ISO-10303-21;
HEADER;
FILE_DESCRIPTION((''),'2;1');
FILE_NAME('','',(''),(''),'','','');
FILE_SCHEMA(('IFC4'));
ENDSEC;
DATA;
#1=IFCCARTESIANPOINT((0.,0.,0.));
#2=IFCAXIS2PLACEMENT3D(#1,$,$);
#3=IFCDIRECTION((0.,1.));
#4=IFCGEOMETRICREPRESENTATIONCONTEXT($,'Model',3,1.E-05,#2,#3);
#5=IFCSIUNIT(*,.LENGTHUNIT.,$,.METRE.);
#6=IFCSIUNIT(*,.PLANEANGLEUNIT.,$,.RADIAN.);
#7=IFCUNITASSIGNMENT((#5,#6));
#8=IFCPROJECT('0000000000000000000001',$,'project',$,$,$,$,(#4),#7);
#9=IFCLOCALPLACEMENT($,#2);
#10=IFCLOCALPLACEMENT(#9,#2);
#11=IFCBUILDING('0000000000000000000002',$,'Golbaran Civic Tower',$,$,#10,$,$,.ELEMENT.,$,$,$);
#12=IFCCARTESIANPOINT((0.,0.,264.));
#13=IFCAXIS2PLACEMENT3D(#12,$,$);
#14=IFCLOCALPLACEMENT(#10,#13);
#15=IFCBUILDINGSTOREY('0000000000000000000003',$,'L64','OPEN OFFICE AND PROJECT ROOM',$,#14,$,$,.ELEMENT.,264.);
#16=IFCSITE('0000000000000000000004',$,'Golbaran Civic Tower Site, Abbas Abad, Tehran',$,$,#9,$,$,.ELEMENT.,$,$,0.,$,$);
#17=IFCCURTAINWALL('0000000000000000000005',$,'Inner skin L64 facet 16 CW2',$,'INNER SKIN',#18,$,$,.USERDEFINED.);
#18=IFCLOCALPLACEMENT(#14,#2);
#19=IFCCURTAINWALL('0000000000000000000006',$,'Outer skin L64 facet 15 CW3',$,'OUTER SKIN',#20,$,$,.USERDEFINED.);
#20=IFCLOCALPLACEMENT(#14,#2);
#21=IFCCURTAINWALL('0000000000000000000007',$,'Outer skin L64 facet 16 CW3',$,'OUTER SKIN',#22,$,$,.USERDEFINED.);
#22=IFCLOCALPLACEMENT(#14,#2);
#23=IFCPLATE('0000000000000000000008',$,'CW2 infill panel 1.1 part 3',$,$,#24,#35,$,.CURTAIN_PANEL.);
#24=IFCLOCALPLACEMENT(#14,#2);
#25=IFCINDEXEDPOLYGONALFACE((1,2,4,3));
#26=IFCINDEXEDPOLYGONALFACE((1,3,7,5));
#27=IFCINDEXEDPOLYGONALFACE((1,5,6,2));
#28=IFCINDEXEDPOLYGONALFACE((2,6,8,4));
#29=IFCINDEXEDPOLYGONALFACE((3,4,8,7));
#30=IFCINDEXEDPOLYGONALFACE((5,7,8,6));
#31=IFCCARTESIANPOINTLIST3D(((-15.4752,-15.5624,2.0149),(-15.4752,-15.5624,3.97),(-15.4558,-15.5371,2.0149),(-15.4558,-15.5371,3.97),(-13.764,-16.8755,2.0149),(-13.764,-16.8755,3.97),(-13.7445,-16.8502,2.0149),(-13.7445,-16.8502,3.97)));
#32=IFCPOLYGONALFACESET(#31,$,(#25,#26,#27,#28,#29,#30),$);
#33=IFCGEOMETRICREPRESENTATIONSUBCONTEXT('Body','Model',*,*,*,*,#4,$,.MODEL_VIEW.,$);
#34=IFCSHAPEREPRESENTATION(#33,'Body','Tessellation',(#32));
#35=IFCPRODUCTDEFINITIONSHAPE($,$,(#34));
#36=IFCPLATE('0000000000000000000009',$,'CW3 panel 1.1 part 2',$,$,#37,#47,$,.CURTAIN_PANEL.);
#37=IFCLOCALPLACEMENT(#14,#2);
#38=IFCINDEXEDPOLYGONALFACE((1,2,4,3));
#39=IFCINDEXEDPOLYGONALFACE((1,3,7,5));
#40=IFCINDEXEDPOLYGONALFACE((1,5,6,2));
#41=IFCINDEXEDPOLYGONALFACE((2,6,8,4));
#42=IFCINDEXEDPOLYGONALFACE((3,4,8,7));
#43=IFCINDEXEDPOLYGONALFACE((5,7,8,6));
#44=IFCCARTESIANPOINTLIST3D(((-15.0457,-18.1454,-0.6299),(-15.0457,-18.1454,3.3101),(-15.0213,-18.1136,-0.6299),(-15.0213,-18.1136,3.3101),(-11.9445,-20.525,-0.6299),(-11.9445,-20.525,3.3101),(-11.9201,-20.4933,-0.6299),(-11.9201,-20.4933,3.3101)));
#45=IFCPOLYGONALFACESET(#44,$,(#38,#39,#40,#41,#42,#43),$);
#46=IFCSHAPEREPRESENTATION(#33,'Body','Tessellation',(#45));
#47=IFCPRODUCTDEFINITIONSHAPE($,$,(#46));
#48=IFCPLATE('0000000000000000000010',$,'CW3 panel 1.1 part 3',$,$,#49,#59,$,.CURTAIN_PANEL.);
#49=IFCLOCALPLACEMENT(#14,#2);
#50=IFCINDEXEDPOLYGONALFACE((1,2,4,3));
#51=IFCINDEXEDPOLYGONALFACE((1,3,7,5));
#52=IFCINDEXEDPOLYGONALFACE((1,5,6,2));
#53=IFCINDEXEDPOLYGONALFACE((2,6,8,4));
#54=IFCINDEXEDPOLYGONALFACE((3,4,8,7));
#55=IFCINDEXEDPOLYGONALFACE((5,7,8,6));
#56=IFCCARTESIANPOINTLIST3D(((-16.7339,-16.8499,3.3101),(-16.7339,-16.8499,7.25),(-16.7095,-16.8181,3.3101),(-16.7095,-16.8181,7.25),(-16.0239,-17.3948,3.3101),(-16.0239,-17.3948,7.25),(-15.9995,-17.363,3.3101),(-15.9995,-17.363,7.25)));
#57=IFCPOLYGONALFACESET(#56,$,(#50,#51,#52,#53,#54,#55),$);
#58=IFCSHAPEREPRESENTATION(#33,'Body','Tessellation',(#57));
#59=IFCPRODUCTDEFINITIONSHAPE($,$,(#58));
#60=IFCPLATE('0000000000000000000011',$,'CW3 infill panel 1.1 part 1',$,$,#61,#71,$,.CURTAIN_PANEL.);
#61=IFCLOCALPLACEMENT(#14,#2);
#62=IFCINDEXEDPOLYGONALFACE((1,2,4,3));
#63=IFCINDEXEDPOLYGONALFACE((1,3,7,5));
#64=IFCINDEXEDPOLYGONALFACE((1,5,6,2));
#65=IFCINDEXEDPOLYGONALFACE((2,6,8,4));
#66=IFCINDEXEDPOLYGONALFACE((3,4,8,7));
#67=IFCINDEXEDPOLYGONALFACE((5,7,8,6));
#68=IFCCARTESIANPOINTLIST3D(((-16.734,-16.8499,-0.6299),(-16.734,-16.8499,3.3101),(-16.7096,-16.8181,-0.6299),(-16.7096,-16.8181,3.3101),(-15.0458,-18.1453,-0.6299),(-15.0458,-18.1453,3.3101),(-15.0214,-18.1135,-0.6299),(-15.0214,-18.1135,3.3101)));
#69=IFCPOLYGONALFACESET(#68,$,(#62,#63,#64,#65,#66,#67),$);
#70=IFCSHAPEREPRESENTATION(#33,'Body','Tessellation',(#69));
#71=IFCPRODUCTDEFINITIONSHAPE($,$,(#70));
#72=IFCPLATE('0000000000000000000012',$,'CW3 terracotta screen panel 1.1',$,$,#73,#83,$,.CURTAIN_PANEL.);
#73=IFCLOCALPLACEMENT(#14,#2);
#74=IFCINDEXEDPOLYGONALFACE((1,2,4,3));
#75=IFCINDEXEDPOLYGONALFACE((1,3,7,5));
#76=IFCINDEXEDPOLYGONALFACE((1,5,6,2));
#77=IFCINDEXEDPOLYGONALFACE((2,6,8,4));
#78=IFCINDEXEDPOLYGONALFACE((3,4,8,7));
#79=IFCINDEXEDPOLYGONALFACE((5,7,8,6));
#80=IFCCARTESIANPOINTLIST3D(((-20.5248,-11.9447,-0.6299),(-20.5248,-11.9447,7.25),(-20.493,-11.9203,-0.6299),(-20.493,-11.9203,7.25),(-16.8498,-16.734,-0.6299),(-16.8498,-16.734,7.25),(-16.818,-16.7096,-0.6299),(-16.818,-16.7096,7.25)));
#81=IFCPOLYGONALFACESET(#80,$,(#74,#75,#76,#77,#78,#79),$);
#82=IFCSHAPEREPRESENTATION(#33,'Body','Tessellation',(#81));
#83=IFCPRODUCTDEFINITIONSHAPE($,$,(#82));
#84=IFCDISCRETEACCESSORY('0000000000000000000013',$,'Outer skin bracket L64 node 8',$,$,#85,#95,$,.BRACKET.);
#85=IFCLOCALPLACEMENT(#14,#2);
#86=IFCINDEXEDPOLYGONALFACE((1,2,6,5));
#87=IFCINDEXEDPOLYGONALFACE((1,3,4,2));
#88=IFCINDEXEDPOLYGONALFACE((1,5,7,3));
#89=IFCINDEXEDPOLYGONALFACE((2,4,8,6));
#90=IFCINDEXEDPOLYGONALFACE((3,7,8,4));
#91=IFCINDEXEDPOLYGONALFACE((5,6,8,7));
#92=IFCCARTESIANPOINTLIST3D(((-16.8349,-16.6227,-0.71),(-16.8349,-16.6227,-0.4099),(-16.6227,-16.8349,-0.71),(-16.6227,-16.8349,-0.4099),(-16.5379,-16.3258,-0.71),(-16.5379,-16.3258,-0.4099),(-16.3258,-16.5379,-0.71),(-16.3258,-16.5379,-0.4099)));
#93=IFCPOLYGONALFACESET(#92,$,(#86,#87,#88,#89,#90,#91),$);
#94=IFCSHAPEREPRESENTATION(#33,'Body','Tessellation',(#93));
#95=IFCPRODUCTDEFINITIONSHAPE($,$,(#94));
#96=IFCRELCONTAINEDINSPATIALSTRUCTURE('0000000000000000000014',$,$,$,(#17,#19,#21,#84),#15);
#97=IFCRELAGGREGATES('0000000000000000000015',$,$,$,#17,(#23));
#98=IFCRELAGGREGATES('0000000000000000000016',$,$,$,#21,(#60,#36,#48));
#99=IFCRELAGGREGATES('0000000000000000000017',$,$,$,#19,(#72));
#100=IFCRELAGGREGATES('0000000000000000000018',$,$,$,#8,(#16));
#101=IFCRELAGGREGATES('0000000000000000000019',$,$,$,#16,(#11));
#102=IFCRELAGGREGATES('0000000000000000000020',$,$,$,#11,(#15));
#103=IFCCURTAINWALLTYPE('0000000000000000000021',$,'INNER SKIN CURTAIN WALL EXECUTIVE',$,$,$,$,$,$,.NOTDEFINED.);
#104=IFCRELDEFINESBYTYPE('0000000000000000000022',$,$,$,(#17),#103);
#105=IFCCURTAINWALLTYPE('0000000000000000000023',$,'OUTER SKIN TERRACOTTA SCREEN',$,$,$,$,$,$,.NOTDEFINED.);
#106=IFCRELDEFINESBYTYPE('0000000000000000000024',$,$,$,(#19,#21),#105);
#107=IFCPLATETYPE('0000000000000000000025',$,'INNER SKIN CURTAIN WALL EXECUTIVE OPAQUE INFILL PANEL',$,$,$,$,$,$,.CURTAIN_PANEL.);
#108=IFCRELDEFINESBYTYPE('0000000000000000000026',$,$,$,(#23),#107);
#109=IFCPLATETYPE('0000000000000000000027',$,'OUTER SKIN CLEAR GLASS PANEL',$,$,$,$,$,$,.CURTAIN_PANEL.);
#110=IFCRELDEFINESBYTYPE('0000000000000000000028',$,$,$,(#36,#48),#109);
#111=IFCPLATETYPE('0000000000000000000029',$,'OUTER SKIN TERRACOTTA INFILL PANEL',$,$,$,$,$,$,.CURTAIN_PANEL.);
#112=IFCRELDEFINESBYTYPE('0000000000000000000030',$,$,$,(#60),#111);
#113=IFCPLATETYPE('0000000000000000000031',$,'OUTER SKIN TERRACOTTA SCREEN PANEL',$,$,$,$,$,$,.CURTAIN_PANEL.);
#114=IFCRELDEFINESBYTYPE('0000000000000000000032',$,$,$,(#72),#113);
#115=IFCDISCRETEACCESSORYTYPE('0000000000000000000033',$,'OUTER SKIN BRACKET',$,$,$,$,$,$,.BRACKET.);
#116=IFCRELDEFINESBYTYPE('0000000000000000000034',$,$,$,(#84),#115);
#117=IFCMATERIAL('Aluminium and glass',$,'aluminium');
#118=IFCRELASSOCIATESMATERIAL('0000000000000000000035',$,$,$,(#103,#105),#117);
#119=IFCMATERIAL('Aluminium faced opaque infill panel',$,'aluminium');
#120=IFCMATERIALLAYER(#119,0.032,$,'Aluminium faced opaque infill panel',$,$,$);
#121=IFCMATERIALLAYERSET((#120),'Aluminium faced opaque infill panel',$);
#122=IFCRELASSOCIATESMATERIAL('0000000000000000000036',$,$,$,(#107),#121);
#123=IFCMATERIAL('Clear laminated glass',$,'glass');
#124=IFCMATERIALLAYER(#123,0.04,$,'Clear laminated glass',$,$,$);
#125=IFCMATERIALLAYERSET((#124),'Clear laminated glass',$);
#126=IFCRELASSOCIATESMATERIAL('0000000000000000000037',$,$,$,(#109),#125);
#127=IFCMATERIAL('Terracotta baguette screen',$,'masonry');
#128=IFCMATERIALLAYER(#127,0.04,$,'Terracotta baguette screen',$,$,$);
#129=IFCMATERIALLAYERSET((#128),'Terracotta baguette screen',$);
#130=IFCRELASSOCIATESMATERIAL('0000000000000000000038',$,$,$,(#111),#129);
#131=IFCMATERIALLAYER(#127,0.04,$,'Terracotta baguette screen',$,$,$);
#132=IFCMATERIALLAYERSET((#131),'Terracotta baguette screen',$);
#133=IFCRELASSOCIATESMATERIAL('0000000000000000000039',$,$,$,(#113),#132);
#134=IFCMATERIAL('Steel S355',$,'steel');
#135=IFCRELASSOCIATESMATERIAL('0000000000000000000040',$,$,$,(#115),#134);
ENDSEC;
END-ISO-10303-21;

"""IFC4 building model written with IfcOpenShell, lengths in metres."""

from ifc_helpers import new_model, si_unit, direction, frame, origin, origin_2d, place, context, subcontext, project, spatial, rectangle, extrude, material, layer, layer_set, type_object, element, aggregate, save


model = new_model("IFC4")

# Units and contexts
model_context = context("Model", 3, precision=1e-05, world=origin(), true_north=direction((0.0, 1.0)))
body_context = subcontext(model_context, "Body", "Model", "MODEL_VIEW")
ifc_project = project(units=[si_unit("LENGTHUNIT", "METRE"), si_unit("PLANEANGLEUNIT", "RADIAN")], contexts=[model_context])

# Site, building, storey
site_placement = place(None, origin())
site = spatial("IfcSite", under=ifc_project, at=site_placement, Name="Golbaran Civic Tower Site, Abbas Abad, Tehran", CompositionType="ELEMENT", RefElevation=0.0)
building_placement = place(site_placement, origin())
building = spatial("IfcBuilding", under=site, at=building_placement, Name="Golbaran Civic Tower", CompositionType="ELEMENT")
storey_placement = place(building_placement, frame((0.0, 0.0, 264.0)))
storey = spatial("IfcBuildingStorey", under=building, at=storey_placement, Name="L64", Description="OPEN OFFICE AND PROJECT ROOM", CompositionType="ELEMENT", Elevation=264.0)

# Shared definitions
ifc_material_1 = material(Name="Steel S355", Category="steel")

# Shared definitions
ifc_material_2 = material(Name="Aluminium and glass", Category="aluminium")
curtain_wall_type_1 = type_object("IfcCurtainWallType", Name="INNER SKIN CURTAIN WALL EXECUTIVE", PredefinedType="NOTDEFINED", material=ifc_material_2)

# Curtain wall
curtain_wall_1_placement = place(storey_placement, origin())
curtain_wall_1 = element("IfcCurtainWall", 1, at=curtain_wall_1_placement, inside=storey, type_object=curtain_wall_type_1, Name="Inner skin L64 facet 16 CW2", ObjectType="INNER SKIN", PredefinedType="USERDEFINED")

# Curtain wall
curtain_wall_type_2 = type_object("IfcCurtainWallType", Name="OUTER SKIN TERRACOTTA SCREEN", PredefinedType="NOTDEFINED", material=ifc_material_2)
curtain_wall_2_placement = place(storey_placement, origin())
curtain_wall_2 = element("IfcCurtainWall", 2, at=curtain_wall_2_placement, inside=storey, type_object=curtain_wall_type_2, Name="Outer skin L64 facet 15 CW3", ObjectType="OUTER SKIN", PredefinedType="USERDEFINED")

# Curtain wall
curtain_wall_3_placement = place(storey_placement, origin())
curtain_wall_3 = element("IfcCurtainWall", 3, at=curtain_wall_3_placement, inside=storey, type_object=curtain_wall_type_2, Name="Outer skin L64 facet 16 CW3", ObjectType="OUTER SKIN", PredefinedType="USERDEFINED")

# Plates
ifc_material_3 = material(Name="Aluminium faced opaque infill panel", Category="aluminium")
ifc_layer_1 = layer(ifc_material_3, 0.032, Name="Aluminium faced opaque infill panel")
ifc_layer_set_1 = layer_set([ifc_layer_1], Name="Aluminium faced opaque infill panel")
plate_type_1 = type_object("IfcPlateType", Name="INNER SKIN CURTAIN WALL EXECUTIVE OPAQUE INFILL PANEL", PredefinedType="CURTAIN_PANEL", material=ifc_layer_set_1)
plate_1_placement = place(storey_placement, frame((-14.6099, -16.2063, 2.0149), z_axis=(0.0, 0.0, 1.0), x_axis=(0.793353, -0.608761, 0.0)))
plate_1 = element("IfcPlate", 4, at=plate_1_placement, type_object=plate_type_1, Name="CW2 infill panel 1.1 part 3", PredefinedType="CURTAIN_PANEL", context=body_context, shape_type="SweptSolid", body=[
    extrude(rectangle(XDim=2.157, YDim=0.032, at=origin_2d()), origin(), (0.0, 0.0, 1.0), 1.9551),
])
aggregate(curtain_wall_1, [plate_1])
ifc_material_4 = material(Name="Clear laminated glass", Category="glass")
ifc_layer_2 = layer(ifc_material_4, 0.04, Name="Clear laminated glass")
ifc_layer_set_2 = layer_set([ifc_layer_2], Name="Clear laminated glass")
plate_type_2 = type_object("IfcPlateType", Name="OUTER SKIN CLEAR GLASS PANEL", PredefinedType="CURTAIN_PANEL", material=ifc_layer_set_2)
plate_2_placement = place(storey_placement, frame((-13.4829, -19.3193, -0.6299), z_axis=(0.0, 0.0, 1.0), x_axis=(0.793353, -0.608761, 0.0)))
plate_2 = element("IfcPlate", 5, at=plate_2_placement, type_object=plate_type_2, Name="CW3 panel 1.1 part 2", PredefinedType="CURTAIN_PANEL", context=body_context, shape_type="SweptSolid", body=[
    extrude(rectangle(XDim=3.9089, YDim=0.04, at=origin_2d()), origin(), (0.0, 0.0, 1.0), 3.9399),
])
plate_3_placement = place(storey_placement, frame((-16.3667, -17.1064, 3.3101), z_axis=(0.0, 0.0, 1.0), x_axis=(0.793353, -0.608761, 0.0)))
plate_3 = element("IfcPlate", 6, at=plate_3_placement, type_object=plate_type_2, Name="CW3 panel 1.1 part 3", PredefinedType="CURTAIN_PANEL", context=body_context, shape_type="SweptSolid", body=[
    extrude(rectangle(XDim=0.895, YDim=0.04, at=origin_2d()), origin(), (0.0, 0.0, 1.0), 3.9399),
])
ifc_material_5 = material(Name="Terracotta baguette screen", Category="masonry")
ifc_layer_3 = layer(ifc_material_5, 0.04, Name="Terracotta baguette screen")
ifc_layer_set_3 = layer_set([ifc_layer_3], Name="Terracotta baguette screen")
plate_type_3 = type_object("IfcPlateType", Name="OUTER SKIN TERRACOTTA INFILL PANEL", PredefinedType="CURTAIN_PANEL", material=ifc_layer_set_3)
plate_4_placement = place(storey_placement, frame((-15.8777, -17.4817, -0.6299), z_axis=(0.0, 0.0, 1.0), x_axis=(0.793353, -0.608761, 0.0)))
plate_4 = element("IfcPlate", 7, at=plate_4_placement, type_object=plate_type_3, Name="CW3 infill panel 1.1 part 1", PredefinedType="CURTAIN_PANEL", context=body_context, shape_type="SweptSolid", body=[
    extrude(rectangle(XDim=2.1279, YDim=0.04, at=origin_2d()), origin(), (0.0, 0.0, 1.0), 3.9399),
])
aggregate(curtain_wall_3, [plate_4, plate_2, plate_3])
ifc_layer_4 = layer(ifc_material_5, 0.04, Name="Terracotta baguette screen")
ifc_layer_set_4 = layer_set([ifc_layer_4], Name="Terracotta baguette screen")
plate_type_4 = type_object("IfcPlateType", Name="OUTER SKIN TERRACOTTA SCREEN PANEL", PredefinedType="CURTAIN_PANEL", material=ifc_layer_set_4)
plate_5_placement = place(storey_placement, frame((-18.6714, -14.3271, -0.6299), z_axis=(0.0, 0.0, 1.0), x_axis=(0.608761, -0.793353, 0.0)))
plate_5 = element("IfcPlate", 8, at=plate_5_placement, type_object=plate_type_4, Name="CW3 terracotta screen panel 1.1", PredefinedType="CURTAIN_PANEL", context=body_context, shape_type="SweptSolid", body=[
    extrude(rectangle(XDim=6.0369, YDim=0.04, at=origin_2d()), origin(), (0.0, 0.0, 1.0), 7.8799),
])
aggregate(curtain_wall_2, [plate_5])

# Discrete accessory
discrete_accessory_type = type_object("IfcDiscreteAccessoryType", Name="OUTER SKIN BRACKET", PredefinedType="BRACKET", material=ifc_material_1)
discrete_accessory_placement = place(storey_placement, frame((-16.5803, -16.5803, -0.71), z_axis=(0.0, 0.0, 1.0), x_axis=(-0.707107, -0.707107, 0.0)))
element("IfcDiscreteAccessory", 9, at=discrete_accessory_placement, inside=storey, type_object=discrete_accessory_type, Name="Outer skin bracket L64 node 8", PredefinedType="BRACKET", context=body_context, shape_type="SweptSolid", body=[
    extrude(rectangle(XDim=0.4199, YDim=0.3, at=origin_2d()), origin(), (0.0, 0.0, 1.0), 0.3),
])

save(model, "model.ifc")
